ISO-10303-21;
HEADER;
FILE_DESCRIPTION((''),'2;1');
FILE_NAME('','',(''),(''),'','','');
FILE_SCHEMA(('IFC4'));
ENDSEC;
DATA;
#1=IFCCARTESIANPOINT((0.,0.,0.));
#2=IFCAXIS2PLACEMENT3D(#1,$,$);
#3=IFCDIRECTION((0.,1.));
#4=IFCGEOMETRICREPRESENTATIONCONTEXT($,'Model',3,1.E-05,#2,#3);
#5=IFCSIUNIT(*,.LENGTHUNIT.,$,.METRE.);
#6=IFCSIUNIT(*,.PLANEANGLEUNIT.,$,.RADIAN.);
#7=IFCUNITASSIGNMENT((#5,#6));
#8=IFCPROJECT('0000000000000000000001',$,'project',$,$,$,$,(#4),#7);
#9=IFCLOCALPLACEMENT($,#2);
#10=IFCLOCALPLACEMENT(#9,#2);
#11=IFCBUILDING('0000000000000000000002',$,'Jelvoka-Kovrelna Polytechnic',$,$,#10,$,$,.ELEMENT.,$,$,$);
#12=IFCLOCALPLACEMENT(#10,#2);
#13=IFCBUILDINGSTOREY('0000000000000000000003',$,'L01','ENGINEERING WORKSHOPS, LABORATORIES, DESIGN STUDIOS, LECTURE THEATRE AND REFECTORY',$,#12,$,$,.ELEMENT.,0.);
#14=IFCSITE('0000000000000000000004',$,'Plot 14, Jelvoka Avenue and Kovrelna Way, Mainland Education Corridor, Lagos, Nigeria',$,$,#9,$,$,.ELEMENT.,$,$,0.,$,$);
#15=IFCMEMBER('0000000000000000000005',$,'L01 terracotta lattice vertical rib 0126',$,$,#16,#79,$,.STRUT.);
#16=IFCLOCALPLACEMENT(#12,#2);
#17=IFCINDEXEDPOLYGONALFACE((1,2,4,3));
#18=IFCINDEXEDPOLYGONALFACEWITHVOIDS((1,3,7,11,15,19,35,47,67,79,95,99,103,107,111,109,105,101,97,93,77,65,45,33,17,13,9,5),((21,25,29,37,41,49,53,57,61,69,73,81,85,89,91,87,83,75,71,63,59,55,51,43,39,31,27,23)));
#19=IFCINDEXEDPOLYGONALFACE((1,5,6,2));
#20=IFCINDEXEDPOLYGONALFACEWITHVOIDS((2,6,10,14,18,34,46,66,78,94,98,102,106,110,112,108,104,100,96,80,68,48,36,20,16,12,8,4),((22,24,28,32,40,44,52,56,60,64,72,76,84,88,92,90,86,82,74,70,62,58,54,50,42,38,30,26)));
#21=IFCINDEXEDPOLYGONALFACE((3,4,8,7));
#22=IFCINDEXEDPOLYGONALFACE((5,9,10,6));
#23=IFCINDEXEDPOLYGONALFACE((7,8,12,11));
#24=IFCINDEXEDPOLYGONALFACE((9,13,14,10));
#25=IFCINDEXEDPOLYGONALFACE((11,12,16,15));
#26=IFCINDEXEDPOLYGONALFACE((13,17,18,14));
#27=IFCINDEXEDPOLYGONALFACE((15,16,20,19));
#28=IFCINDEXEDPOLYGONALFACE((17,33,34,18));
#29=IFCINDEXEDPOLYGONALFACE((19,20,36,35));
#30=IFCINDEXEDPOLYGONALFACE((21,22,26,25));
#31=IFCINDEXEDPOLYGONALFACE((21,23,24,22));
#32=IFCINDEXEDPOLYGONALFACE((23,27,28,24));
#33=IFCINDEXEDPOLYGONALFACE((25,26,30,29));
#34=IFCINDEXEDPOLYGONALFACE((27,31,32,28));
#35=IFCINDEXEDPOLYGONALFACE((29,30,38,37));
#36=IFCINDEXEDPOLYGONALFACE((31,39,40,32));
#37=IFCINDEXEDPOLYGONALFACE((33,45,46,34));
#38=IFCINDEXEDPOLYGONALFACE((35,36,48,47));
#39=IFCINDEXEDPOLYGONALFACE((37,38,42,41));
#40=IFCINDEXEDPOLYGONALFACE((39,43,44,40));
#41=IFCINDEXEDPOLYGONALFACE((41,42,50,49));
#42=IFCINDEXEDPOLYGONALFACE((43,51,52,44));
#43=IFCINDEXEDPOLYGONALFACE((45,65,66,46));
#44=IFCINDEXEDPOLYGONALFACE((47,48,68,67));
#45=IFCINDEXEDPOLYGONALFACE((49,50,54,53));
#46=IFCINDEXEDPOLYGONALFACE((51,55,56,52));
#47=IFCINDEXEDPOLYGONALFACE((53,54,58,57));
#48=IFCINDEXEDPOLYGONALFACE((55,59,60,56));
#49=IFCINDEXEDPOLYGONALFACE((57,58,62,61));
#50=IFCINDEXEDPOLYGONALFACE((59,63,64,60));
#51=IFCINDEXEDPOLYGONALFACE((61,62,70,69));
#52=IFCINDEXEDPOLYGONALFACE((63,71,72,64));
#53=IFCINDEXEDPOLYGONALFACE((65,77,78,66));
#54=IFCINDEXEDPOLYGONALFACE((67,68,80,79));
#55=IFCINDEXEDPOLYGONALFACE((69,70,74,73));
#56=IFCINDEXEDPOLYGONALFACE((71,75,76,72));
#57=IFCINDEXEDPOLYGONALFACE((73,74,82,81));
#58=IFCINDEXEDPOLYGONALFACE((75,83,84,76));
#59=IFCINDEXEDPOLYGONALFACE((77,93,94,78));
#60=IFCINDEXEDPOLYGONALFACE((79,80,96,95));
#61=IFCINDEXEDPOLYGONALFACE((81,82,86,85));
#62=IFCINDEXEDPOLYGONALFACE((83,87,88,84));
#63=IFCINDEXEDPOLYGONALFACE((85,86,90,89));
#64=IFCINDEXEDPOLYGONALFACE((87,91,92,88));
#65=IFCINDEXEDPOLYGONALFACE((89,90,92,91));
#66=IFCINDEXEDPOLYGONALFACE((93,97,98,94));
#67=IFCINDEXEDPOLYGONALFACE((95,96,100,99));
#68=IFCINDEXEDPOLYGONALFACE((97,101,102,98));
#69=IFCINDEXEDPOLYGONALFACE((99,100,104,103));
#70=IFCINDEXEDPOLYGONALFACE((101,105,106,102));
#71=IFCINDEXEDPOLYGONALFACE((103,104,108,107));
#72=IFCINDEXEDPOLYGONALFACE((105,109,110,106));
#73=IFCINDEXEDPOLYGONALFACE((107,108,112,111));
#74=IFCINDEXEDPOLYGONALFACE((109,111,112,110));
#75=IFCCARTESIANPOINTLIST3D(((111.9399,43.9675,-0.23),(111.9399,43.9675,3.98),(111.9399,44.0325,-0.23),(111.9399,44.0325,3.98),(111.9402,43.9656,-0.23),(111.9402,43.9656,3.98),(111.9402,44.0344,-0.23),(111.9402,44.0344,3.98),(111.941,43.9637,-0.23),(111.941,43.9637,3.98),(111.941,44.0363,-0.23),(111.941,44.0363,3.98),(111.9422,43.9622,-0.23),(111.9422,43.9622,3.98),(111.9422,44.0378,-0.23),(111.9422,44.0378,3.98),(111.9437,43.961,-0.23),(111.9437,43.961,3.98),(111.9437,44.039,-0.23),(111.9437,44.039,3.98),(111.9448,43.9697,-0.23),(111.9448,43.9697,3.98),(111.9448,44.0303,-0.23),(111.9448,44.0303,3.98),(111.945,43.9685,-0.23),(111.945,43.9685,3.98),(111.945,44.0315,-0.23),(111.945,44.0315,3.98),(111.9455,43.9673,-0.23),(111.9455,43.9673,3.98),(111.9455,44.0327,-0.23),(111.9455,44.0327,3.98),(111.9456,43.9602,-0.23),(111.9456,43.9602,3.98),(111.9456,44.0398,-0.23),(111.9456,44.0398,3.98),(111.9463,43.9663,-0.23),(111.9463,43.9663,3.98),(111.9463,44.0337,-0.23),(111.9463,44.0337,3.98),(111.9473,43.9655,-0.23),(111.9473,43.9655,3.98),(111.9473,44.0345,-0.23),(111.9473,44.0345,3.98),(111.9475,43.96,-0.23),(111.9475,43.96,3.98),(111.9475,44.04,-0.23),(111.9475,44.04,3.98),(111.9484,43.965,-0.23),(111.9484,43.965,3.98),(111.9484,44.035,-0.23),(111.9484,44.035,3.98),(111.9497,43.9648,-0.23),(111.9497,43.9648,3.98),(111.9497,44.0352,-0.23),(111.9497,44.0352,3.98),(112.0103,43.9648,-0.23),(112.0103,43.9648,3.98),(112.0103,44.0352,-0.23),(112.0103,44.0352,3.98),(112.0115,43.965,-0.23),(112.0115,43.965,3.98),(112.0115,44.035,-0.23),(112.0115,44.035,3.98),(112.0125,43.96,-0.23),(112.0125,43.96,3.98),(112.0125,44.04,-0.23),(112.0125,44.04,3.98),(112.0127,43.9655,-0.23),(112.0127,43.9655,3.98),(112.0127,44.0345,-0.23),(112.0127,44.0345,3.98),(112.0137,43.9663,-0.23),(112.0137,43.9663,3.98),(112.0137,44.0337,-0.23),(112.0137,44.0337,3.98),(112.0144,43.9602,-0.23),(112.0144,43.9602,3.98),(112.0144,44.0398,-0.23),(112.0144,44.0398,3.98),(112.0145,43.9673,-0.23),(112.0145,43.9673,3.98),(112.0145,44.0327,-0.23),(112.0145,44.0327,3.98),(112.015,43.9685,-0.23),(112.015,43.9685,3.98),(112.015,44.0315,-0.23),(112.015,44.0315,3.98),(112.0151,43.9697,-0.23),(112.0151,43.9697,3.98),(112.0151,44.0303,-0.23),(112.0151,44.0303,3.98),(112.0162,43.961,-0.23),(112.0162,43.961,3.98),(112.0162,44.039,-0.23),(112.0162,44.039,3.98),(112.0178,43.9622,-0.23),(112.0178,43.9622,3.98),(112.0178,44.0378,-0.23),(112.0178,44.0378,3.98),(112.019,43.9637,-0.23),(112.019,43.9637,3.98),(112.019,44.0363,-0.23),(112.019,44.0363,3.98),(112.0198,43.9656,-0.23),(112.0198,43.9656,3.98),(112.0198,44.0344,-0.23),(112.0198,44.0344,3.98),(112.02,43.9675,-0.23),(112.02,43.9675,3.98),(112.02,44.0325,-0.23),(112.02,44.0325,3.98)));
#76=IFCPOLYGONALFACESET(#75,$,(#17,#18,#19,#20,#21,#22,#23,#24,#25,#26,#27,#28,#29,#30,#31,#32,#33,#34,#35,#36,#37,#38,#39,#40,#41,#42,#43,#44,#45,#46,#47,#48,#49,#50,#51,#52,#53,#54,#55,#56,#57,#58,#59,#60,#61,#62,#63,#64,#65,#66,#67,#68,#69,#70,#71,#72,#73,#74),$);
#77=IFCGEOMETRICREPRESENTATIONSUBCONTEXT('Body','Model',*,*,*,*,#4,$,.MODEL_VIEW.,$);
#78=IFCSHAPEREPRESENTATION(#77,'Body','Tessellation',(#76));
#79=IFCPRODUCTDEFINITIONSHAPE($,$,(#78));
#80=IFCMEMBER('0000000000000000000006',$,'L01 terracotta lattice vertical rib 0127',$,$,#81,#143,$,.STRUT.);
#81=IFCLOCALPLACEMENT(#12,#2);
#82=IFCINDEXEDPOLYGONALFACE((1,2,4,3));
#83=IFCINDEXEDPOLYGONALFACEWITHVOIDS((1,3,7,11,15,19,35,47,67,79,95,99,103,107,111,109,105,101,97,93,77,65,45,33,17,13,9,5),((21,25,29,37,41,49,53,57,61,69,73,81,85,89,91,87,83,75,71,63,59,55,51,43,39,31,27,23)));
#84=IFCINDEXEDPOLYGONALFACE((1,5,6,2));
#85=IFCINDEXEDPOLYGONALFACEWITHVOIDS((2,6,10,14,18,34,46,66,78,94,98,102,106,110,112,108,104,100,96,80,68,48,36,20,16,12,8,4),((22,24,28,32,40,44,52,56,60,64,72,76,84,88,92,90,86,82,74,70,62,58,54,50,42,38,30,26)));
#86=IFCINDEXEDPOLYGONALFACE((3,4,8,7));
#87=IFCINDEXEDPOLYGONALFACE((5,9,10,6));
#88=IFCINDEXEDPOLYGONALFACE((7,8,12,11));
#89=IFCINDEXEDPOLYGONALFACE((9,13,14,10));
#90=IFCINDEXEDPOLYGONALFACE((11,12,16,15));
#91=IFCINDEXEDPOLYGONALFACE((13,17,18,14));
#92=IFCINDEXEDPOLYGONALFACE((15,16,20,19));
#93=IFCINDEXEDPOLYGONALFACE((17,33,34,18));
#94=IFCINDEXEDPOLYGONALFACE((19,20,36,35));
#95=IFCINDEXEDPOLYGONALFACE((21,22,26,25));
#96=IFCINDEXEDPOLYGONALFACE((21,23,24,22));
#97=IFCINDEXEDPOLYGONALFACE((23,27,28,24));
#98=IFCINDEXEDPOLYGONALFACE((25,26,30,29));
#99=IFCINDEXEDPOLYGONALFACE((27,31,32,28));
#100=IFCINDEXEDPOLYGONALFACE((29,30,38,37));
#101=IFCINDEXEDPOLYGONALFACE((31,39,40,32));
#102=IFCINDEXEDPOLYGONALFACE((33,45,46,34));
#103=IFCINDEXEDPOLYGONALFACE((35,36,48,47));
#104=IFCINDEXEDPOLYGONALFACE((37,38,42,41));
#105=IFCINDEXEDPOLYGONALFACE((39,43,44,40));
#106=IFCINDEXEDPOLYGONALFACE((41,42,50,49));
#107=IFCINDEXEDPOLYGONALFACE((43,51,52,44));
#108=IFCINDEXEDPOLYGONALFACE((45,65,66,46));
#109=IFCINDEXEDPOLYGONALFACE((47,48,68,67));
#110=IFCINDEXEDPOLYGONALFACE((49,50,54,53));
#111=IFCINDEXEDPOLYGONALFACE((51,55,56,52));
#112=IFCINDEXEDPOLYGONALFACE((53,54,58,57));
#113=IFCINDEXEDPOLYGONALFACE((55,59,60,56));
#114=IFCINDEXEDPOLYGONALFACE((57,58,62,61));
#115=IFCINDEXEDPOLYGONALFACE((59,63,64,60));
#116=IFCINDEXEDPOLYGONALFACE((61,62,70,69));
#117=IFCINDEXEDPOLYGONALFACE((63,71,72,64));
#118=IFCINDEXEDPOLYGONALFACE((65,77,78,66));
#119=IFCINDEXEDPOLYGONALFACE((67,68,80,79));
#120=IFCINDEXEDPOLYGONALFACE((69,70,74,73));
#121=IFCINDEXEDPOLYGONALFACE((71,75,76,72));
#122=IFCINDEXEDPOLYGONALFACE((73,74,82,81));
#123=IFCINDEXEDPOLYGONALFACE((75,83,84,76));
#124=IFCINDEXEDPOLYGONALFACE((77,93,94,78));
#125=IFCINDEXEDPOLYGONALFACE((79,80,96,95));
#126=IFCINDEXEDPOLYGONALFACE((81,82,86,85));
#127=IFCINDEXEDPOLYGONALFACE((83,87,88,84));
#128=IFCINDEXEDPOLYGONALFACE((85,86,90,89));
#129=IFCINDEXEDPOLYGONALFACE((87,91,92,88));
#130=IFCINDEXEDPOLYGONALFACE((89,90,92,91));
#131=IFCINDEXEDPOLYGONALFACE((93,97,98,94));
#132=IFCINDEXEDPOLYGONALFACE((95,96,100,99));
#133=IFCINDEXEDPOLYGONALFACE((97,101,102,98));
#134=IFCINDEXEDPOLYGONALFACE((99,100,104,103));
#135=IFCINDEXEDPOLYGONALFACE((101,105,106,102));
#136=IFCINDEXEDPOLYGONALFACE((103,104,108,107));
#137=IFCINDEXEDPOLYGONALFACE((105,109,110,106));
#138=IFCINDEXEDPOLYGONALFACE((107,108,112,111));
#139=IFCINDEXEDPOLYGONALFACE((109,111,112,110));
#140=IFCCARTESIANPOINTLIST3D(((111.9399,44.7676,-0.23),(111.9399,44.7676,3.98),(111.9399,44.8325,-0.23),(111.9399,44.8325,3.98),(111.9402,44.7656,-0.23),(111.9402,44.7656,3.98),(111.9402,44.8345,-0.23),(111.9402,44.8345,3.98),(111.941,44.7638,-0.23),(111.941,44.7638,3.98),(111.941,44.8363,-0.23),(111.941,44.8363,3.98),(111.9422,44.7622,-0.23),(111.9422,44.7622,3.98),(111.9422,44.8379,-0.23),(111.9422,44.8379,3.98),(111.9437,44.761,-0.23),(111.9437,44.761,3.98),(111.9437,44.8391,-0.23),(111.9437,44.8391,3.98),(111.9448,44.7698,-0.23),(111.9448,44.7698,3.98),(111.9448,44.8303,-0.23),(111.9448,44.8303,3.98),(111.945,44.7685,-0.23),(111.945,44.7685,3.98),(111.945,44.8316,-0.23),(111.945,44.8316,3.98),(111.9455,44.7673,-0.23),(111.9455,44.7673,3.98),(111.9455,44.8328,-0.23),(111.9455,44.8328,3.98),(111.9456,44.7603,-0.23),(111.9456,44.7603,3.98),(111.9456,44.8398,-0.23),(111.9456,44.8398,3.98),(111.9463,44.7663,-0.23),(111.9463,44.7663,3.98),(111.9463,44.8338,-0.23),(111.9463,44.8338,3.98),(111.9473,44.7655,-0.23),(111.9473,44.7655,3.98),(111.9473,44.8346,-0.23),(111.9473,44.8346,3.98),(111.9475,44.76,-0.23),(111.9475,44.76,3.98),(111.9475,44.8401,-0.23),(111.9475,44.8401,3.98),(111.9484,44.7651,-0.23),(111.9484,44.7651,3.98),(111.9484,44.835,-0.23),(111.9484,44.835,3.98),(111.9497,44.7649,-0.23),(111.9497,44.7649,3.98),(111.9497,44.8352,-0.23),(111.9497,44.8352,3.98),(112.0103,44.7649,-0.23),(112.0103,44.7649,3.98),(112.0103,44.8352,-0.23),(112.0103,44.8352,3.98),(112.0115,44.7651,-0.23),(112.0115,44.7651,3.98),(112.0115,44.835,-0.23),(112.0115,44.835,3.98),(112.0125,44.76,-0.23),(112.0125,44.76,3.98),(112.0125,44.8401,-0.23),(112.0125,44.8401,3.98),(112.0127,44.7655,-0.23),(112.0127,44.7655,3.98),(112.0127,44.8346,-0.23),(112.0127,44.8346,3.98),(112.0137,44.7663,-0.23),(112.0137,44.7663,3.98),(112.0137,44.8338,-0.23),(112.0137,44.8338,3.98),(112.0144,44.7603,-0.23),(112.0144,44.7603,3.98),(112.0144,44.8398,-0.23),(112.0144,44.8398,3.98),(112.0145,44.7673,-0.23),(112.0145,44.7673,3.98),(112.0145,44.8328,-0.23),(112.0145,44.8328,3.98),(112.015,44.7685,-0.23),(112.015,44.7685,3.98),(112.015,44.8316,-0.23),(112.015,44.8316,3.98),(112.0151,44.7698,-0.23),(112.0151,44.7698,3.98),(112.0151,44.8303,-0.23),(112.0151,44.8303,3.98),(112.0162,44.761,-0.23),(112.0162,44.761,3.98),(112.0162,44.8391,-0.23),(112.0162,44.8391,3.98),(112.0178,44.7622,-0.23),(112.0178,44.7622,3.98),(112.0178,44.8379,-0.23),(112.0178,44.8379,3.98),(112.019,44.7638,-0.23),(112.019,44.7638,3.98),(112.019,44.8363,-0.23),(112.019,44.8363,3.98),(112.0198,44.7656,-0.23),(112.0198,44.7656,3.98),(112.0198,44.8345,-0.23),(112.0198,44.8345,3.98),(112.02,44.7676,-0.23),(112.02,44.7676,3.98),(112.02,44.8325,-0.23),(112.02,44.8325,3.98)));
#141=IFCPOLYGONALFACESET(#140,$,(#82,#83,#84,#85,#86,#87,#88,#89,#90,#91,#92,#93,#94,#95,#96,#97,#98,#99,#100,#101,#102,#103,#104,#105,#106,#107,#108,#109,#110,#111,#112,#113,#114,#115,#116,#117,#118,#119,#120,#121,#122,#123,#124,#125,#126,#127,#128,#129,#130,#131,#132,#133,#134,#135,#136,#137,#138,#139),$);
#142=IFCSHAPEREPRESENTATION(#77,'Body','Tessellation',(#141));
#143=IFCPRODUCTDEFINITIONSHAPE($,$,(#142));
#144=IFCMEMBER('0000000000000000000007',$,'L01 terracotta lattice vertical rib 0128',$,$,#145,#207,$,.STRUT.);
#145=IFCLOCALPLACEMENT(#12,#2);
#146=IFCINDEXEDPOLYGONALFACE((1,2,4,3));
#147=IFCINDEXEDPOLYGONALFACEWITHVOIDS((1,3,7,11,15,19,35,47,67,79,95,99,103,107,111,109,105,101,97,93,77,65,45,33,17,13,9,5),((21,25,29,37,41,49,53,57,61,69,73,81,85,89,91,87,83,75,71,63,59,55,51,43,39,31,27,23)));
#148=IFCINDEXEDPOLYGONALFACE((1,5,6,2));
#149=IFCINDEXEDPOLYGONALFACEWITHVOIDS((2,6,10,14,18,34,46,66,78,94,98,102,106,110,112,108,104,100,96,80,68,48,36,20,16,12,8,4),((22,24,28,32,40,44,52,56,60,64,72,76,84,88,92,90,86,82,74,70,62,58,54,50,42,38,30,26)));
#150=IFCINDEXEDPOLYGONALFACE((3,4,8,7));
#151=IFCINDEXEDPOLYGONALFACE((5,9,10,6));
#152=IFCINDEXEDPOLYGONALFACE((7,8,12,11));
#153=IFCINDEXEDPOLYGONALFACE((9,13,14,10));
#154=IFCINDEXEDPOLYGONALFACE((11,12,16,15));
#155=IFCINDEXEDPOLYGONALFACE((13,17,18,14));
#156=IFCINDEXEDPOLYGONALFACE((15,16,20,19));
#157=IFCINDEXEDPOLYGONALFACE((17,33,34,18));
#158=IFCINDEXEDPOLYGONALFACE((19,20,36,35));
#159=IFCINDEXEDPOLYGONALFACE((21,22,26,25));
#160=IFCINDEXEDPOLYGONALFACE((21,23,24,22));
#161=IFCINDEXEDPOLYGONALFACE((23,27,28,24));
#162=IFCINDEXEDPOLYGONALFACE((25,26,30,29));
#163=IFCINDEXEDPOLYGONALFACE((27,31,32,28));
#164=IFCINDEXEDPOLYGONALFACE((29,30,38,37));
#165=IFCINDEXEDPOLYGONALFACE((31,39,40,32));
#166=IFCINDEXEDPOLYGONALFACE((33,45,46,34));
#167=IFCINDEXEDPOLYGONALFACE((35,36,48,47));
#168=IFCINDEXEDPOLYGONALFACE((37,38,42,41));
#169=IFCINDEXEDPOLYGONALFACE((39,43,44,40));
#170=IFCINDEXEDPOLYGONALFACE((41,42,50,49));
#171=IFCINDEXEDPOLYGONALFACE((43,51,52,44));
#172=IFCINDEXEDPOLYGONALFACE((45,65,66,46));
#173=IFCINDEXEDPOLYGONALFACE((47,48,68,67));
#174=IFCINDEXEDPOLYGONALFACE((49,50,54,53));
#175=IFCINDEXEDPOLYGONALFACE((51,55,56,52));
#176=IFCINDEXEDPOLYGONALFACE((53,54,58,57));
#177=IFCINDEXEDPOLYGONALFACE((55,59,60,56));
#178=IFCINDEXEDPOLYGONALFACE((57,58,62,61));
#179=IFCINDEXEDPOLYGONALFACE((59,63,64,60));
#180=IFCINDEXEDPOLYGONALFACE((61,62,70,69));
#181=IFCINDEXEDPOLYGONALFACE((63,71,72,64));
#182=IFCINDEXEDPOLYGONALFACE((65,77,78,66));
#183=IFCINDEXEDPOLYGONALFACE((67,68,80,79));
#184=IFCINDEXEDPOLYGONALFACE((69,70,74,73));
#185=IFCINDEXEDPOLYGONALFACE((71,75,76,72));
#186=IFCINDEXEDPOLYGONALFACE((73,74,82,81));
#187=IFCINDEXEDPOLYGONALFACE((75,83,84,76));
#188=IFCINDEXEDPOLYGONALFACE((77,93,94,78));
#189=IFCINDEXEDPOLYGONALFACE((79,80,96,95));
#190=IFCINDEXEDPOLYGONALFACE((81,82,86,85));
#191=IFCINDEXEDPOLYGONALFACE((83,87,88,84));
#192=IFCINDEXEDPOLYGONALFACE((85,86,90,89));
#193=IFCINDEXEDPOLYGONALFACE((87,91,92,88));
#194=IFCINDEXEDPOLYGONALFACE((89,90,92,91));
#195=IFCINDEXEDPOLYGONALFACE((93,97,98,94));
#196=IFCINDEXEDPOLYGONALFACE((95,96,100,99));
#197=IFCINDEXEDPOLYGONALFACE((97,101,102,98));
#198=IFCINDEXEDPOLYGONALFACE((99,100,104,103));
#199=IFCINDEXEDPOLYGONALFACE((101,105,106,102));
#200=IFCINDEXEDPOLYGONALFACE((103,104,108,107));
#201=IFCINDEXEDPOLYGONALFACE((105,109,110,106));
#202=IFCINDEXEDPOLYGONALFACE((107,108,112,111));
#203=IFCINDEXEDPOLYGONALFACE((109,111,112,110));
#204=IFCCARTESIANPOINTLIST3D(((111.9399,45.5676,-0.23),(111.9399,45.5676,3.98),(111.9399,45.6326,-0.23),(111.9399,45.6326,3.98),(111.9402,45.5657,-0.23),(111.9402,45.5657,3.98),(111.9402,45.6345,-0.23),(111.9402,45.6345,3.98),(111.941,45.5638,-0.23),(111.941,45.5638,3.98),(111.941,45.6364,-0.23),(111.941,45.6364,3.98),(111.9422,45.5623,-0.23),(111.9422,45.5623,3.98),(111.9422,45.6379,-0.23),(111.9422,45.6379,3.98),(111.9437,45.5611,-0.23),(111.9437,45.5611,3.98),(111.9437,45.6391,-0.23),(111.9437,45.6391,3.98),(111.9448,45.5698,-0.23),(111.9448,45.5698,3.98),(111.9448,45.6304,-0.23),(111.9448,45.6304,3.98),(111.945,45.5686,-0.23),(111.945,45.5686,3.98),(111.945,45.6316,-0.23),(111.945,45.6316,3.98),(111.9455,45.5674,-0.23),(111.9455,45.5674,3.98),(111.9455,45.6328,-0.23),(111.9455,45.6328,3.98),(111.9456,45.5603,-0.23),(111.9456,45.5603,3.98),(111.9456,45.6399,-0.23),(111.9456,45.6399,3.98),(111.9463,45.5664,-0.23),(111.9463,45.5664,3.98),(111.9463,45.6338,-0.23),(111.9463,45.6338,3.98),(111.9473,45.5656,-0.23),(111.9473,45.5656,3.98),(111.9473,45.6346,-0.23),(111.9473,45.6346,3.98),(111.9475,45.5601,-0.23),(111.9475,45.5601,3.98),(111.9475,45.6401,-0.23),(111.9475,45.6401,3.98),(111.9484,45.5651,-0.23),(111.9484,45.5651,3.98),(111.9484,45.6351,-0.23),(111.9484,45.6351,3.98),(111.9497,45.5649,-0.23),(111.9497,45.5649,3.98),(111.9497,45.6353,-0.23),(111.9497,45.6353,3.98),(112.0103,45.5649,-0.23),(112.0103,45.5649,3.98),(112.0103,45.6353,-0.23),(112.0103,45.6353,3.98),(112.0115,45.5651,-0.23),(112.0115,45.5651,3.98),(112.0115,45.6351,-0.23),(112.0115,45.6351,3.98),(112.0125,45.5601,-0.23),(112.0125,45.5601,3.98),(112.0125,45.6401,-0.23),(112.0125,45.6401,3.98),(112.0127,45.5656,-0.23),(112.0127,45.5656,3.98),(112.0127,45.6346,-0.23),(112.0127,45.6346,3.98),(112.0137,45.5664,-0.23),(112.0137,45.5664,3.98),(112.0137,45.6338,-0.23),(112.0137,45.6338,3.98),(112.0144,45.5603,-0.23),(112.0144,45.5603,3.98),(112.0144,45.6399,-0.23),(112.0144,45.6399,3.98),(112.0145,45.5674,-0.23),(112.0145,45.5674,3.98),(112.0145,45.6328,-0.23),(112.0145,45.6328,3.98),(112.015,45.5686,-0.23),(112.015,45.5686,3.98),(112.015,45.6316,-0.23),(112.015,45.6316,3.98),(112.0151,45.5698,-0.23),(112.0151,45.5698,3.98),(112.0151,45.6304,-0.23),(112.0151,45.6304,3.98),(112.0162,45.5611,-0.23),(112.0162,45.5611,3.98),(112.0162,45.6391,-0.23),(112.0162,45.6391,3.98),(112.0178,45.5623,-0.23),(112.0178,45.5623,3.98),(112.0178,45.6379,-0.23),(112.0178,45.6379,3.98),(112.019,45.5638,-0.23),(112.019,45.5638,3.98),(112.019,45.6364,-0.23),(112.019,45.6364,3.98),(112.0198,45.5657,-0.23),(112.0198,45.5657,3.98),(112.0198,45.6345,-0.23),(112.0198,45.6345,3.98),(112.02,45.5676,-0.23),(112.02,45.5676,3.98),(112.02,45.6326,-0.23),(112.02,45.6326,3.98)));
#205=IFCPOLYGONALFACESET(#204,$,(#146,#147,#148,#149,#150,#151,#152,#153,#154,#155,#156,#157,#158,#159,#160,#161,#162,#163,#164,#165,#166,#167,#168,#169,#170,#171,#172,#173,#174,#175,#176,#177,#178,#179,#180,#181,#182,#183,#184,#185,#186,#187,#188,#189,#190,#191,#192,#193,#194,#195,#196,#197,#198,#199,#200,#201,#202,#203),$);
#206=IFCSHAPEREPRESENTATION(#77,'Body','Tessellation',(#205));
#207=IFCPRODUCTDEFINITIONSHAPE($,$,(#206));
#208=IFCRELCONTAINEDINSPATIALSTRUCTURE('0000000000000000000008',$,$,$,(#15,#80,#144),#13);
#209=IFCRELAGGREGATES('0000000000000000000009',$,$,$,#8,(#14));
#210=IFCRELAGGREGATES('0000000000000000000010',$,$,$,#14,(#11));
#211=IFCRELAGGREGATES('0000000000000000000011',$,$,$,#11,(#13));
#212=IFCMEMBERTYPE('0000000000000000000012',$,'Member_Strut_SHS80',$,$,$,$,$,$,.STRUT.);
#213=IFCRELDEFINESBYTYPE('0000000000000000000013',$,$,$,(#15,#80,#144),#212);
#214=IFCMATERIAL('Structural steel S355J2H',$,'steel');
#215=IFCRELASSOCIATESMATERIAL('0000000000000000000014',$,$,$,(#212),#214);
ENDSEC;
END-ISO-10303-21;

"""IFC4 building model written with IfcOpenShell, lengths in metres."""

from ifc_helpers import new_model, si_unit, direction, frame, origin, origin_2d, place, context, subcontext, project, spatial, hollow_rectangle, extrude, material, material_profile, profile_set, type_object, element, save


model = new_model("IFC4")

# Units and contexts
model_context = context("Model", 3, precision=1e-05, world=origin(), true_north=direction((0.0, 1.0)))
body_context = subcontext(model_context, "Body", "Model", "MODEL_VIEW")
ifc_project = project(units=[si_unit("LENGTHUNIT", "METRE"), si_unit("PLANEANGLEUNIT", "RADIAN")], contexts=[model_context])

# Site, building, storey
site_placement = place(None, origin())
site = spatial("IfcSite", under=ifc_project, at=site_placement, Name="Plot 14, Jelvoka Avenue and Kovrelna Way, Mainland Education Corridor, Lagos, Nigeria", CompositionType="ELEMENT", RefElevation=0.0)
building_placement = place(site_placement, origin())
building = spatial("IfcBuilding", under=site, at=building_placement, Name="Jelvoka-Kovrelna Polytechnic", CompositionType="ELEMENT")
storey_placement = place(building_placement, origin())
storey = spatial("IfcBuildingStorey", under=building, at=storey_placement, Name="L01", Description="ENGINEERING WORKSHOPS, LABORATORIES, DESIGN STUDIOS, LECTURE THEATRE AND REFECTORY", CompositionType="ELEMENT", Elevation=0.0)

# Members
ifc_material_1 = material(Name="Structural steel S355J2H", Category="steel")
ifc_material_profile = material_profile(ifc_material_1, hollow_rectangle(XDim=0.0801, YDim=0.0801, WallThickness=0.0049, InnerFilletRadius=0.0049, OuterFilletRadius=0.0076, at=origin_2d()), Name="80x80x5.0 SHS")
ifc_profile_set = profile_set([ifc_material_profile], Name="Structural steel S355J2H")
member_type = type_object("IfcMemberType", Name="Member_Strut_SHS80", PredefinedType="STRUT", material=ifc_profile_set)
for number, where, z_axis, x_axis, name in (
    (1, (111.98, 44.0, -0.23), (0.0, 0.0, 1.0), (1.0, 0.0, 0.0), "L01 terracotta lattice vertical rib 0126"),
    (2, (111.98, 44.8, -0.23), (0.0, 0.0, 1.0), (1.0, 0.0, 0.0), "L01 terracotta lattice vertical rib 0127"),
    (3, (111.98, 45.6001, -0.23), (0.0, 0.0, 1.0), (1.0, 0.0, 0.0), "L01 terracotta lattice vertical rib 0128"),
):
    element("IfcMember", number, at=place(storey_placement, frame(where, z_axis=z_axis, x_axis=x_axis)), inside=storey, type_object=member_type, Name=name, PredefinedType="STRUT", context=body_context, shape_type="SweptSolid", body=[
        extrude(hollow_rectangle(XDim=0.0801, YDim=0.0801, WallThickness=0.0049, InnerFilletRadius=0.0049, OuterFilletRadius=0.0076, at=origin_2d()), origin(), (0.0, 0.0, 1.0), 4.21),
    ])

save(model, "model.ifc")
